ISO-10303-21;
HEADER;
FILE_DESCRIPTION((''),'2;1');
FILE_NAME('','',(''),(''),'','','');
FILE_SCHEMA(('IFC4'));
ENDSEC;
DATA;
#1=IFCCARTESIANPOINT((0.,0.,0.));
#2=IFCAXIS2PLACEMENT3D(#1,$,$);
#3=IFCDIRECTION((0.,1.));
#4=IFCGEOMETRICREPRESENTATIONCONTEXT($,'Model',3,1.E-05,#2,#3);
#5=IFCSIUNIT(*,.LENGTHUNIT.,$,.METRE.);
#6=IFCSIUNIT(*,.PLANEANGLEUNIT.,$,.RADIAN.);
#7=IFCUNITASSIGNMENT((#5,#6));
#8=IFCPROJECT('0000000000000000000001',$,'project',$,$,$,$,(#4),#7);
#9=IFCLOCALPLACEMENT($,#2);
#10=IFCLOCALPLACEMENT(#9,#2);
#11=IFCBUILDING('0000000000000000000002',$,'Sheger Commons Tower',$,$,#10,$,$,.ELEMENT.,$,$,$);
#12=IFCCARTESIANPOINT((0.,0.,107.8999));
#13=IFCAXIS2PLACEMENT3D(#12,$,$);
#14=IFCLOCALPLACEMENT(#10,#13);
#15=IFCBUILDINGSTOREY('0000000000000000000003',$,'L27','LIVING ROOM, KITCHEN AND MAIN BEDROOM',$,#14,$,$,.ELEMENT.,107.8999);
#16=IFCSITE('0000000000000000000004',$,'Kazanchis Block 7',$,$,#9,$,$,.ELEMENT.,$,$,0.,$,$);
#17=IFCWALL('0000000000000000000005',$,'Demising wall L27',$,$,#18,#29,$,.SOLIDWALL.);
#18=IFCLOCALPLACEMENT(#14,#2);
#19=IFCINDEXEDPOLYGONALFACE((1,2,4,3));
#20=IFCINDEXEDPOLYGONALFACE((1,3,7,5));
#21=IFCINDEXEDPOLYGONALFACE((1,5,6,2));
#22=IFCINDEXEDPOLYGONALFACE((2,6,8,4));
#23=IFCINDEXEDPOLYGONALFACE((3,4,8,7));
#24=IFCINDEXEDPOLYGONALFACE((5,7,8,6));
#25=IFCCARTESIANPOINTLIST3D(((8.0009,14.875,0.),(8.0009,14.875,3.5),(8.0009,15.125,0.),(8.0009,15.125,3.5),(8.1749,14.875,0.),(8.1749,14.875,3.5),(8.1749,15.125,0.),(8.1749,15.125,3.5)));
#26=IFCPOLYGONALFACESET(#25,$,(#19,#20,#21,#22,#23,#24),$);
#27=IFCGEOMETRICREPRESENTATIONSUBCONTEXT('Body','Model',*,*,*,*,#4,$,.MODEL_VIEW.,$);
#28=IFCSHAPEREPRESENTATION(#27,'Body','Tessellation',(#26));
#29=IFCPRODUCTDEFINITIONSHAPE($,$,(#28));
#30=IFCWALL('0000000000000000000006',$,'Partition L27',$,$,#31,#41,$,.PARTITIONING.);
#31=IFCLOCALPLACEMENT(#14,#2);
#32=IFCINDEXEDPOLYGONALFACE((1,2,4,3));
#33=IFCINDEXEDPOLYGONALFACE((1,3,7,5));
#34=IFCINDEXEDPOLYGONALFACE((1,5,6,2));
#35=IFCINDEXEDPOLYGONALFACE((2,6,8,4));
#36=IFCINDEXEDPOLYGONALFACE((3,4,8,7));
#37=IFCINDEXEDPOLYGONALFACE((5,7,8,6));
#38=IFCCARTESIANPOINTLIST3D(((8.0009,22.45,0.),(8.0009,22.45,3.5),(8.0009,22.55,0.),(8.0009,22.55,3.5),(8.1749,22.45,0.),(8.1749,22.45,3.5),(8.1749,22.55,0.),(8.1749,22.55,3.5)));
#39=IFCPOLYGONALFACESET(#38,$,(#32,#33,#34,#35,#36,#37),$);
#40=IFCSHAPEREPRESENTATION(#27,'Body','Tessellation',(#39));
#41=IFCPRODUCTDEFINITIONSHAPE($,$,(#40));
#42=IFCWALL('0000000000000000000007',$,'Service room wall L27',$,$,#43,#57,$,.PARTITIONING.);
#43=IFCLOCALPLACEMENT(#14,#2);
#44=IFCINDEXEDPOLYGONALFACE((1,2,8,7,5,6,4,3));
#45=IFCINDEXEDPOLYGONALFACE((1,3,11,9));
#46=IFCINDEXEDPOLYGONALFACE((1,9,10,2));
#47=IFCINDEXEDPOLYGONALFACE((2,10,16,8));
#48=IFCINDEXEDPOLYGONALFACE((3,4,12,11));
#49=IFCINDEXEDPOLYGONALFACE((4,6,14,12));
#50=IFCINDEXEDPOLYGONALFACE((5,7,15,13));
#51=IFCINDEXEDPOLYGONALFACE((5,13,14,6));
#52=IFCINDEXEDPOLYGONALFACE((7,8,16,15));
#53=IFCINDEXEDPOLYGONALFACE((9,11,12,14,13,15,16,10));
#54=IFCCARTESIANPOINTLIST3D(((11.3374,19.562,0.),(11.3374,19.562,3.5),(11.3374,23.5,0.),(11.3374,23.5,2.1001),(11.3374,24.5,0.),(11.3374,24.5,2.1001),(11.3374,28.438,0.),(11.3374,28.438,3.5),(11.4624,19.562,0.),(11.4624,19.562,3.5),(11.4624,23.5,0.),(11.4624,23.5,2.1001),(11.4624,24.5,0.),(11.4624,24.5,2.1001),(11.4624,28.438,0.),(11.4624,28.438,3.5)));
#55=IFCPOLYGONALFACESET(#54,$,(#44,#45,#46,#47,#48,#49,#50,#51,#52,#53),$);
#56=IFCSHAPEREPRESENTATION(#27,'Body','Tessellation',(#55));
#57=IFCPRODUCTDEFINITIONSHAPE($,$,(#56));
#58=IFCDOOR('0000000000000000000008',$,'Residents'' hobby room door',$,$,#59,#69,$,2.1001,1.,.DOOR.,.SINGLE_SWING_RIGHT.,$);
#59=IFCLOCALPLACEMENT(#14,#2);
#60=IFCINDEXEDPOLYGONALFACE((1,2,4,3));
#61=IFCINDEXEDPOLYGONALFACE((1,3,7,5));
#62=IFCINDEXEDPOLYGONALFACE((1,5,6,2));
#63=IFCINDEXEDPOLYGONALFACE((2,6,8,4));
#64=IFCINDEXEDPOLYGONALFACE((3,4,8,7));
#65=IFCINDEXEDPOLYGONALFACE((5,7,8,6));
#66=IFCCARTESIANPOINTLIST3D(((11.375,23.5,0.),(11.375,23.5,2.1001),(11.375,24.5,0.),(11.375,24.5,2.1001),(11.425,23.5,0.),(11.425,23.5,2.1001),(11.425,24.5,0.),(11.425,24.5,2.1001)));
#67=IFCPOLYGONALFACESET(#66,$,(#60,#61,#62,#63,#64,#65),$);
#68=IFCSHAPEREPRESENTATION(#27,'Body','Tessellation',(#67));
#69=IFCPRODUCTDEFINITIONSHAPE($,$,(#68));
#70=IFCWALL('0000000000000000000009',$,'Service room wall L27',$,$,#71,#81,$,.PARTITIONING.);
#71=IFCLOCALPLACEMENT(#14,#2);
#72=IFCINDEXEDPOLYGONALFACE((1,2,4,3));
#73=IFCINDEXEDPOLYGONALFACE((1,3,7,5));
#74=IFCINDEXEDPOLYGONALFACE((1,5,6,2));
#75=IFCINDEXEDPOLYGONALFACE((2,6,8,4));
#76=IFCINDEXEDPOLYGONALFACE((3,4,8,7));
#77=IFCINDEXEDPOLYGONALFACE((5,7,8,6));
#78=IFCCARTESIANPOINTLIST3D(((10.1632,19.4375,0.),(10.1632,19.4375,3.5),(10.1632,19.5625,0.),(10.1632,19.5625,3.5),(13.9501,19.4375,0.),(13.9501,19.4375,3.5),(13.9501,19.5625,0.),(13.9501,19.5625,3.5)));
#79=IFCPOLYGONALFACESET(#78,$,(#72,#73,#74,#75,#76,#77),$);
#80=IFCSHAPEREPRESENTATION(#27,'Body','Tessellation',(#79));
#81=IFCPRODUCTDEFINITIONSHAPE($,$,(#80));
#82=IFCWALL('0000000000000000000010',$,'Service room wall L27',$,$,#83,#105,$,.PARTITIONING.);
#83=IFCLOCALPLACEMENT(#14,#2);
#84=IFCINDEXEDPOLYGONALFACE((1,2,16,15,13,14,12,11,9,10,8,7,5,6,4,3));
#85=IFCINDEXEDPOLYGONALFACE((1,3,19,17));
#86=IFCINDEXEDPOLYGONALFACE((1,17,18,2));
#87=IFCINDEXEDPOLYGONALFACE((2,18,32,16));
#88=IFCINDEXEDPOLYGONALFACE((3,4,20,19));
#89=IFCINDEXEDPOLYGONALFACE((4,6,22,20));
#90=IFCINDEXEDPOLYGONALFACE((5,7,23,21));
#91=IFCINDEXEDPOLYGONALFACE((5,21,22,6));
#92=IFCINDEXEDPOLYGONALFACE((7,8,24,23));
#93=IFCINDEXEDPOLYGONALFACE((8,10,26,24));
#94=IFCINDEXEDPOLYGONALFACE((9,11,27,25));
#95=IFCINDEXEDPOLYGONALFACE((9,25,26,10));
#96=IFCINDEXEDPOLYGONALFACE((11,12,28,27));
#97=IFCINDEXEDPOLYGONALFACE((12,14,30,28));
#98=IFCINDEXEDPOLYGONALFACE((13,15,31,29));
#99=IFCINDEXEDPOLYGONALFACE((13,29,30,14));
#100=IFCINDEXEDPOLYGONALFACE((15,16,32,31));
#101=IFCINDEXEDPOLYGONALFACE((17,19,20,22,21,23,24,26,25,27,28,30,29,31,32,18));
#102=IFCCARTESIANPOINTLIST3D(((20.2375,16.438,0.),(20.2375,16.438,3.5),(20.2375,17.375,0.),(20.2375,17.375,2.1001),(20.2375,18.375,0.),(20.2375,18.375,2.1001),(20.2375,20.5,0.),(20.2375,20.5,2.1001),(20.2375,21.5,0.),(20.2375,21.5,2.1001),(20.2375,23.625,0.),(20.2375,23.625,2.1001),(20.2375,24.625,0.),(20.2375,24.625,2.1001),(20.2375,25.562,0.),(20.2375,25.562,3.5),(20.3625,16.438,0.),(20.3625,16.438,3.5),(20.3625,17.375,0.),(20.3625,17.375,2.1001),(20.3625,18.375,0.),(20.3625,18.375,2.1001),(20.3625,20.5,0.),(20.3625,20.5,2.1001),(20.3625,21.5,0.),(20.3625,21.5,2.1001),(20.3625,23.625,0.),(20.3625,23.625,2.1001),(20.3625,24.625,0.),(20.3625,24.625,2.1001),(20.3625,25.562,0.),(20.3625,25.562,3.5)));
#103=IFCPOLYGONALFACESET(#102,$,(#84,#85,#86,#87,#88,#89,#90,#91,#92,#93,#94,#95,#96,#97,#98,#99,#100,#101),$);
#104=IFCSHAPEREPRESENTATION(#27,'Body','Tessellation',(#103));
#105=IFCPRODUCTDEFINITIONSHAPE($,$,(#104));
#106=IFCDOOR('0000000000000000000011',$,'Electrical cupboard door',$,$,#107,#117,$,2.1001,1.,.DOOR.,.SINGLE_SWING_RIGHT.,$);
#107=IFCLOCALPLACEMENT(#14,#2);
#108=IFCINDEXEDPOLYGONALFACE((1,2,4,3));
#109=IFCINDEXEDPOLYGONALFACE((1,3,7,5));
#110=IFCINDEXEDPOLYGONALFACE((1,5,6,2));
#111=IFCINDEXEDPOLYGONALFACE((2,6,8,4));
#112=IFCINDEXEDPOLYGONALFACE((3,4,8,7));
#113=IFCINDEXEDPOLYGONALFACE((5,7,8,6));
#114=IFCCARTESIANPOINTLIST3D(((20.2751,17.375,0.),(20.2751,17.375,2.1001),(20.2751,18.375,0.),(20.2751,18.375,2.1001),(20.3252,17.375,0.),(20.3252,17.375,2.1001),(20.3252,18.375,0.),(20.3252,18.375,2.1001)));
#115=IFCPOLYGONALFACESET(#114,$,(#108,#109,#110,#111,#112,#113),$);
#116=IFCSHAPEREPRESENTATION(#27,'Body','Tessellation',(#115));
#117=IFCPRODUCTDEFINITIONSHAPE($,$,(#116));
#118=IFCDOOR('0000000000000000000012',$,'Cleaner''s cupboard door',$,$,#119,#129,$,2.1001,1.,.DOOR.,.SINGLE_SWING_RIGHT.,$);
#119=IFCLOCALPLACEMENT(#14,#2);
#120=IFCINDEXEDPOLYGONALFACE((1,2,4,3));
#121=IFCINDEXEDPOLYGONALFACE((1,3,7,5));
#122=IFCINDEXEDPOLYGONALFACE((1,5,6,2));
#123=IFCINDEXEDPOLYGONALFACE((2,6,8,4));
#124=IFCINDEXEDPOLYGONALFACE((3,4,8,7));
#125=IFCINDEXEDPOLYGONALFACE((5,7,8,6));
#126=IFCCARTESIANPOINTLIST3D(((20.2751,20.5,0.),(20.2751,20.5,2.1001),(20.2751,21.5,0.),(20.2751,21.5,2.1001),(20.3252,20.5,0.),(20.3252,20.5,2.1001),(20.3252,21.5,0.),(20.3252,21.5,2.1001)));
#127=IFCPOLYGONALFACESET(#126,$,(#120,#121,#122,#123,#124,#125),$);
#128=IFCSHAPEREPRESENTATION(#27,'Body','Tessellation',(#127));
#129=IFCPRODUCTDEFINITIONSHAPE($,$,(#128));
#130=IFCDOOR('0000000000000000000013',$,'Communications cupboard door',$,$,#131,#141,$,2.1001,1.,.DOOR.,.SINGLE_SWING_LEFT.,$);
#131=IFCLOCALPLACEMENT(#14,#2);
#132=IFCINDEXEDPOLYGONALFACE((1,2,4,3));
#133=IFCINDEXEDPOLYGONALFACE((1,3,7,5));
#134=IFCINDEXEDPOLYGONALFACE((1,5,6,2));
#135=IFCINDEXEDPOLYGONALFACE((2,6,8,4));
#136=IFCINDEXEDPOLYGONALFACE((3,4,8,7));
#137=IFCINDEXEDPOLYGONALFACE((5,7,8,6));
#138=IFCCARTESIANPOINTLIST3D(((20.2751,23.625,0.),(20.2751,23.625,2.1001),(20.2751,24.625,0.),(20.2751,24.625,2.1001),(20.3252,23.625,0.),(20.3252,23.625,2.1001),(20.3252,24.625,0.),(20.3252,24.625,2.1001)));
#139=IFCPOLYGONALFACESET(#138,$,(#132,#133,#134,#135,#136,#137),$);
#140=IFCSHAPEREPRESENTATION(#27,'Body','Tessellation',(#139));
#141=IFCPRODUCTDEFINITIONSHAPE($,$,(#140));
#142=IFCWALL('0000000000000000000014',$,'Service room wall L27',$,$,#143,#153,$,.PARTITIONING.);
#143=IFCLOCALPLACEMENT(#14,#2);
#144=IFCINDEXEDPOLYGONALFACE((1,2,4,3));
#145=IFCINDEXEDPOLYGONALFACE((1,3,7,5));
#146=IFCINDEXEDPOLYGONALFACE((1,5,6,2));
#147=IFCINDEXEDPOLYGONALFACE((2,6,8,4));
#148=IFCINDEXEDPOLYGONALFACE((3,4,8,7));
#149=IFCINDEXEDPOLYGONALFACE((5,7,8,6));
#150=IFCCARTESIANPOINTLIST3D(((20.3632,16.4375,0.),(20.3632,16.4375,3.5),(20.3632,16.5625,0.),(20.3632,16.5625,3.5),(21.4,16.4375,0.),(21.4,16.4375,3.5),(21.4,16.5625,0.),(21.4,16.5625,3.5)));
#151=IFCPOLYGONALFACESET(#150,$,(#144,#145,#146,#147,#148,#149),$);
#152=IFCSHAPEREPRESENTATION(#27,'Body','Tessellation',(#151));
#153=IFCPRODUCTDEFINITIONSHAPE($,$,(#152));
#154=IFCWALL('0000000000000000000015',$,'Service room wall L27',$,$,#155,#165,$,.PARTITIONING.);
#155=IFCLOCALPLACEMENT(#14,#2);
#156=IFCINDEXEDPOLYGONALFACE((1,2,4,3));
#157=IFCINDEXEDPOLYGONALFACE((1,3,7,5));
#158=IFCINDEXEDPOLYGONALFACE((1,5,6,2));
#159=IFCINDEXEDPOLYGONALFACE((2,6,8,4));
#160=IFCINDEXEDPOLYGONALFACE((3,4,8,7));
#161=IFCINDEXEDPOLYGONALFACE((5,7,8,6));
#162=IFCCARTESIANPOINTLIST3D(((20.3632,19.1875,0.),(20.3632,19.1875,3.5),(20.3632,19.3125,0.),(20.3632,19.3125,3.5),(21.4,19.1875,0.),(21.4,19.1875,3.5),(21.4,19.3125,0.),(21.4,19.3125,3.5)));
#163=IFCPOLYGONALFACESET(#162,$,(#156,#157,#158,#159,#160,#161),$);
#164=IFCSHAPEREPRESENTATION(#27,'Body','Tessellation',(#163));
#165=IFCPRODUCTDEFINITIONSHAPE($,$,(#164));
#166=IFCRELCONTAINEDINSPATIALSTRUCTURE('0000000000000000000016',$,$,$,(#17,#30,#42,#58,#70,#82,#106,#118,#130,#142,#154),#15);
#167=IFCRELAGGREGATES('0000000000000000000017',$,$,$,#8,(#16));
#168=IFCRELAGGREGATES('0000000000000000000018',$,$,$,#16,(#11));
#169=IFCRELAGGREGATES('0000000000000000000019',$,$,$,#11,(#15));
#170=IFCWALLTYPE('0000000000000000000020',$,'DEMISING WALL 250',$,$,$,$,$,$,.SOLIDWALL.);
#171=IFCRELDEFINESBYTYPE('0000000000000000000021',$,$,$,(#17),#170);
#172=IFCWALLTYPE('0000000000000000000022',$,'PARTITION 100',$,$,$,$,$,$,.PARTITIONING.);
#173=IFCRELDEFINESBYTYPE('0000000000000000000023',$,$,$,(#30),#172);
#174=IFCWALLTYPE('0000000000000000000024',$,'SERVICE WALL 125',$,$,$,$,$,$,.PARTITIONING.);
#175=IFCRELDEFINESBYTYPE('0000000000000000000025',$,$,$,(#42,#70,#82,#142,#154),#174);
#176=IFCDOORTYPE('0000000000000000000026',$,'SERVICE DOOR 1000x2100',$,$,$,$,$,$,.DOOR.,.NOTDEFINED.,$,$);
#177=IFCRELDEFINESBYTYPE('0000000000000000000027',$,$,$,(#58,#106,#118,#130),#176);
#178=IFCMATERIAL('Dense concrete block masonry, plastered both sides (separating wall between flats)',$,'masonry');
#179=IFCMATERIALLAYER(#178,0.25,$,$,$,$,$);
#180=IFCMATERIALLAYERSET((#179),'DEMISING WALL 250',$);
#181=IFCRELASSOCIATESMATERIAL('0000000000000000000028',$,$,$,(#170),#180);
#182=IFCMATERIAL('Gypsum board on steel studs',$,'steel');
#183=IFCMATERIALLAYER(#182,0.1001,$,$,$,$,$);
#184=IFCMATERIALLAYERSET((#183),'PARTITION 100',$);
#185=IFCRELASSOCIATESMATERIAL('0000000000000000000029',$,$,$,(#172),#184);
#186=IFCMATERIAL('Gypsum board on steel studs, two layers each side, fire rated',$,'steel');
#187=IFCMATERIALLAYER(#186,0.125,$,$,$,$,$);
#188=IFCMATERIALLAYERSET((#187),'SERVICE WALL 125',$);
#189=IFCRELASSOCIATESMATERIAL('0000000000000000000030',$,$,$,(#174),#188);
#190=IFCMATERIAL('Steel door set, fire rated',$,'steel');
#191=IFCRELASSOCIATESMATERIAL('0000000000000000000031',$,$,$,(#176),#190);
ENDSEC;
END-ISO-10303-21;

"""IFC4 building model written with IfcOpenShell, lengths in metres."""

from ifc_helpers import new_model, si_unit, direction, frame, frame_2d, origin, place, context, subcontext, project, spatial, rectangle, extrude, material, layer, layer_set, type_object, element, fill, save


model = new_model("IFC4")

# Units and contexts
model_context = context("Model", 3, precision=1e-05, world=origin(), true_north=direction((0.0, 1.0)))
body_context = subcontext(model_context, "Body", "Model", "MODEL_VIEW")
ifc_project = project(units=[si_unit("LENGTHUNIT", "METRE"), si_unit("PLANEANGLEUNIT", "RADIAN")], contexts=[model_context])

# Site, building, storey
site_placement = place(None, origin())
site = spatial("IfcSite", under=ifc_project, at=site_placement, Name="Kazanchis Block 7", CompositionType="ELEMENT", RefElevation=0.0)
building_placement = place(site_placement, origin())
building = spatial("IfcBuilding", under=site, at=building_placement, Name="Sheger Commons Tower", CompositionType="ELEMENT")
storey_placement = place(building_placement, frame((0.0, 0.0, 107.8999)))
storey = spatial("IfcBuildingStorey", under=building, at=storey_placement, Name="L27", Description="LIVING ROOM, KITCHEN AND MAIN BEDROOM", CompositionType="ELEMENT", Elevation=107.8999)

# Walls
ifc_material_1 = material(Name="Dense concrete block masonry, plastered both sides (separating wall between flats)", Category="masonry")
ifc_layer_1 = layer(ifc_material_1, 0.25)
ifc_layer_set_1 = layer_set([ifc_layer_1], Name="DEMISING WALL 250")
wall_type_1 = type_object("IfcWallType", Name="DEMISING WALL 250", PredefinedType="SOLIDWALL", material=ifc_layer_set_1)
wall_1_placement = place(storey_placement, frame((8.001, 15.0, 0.0), z_axis=(0.0, 0.0, 1.0), x_axis=(1.0, 0.0, 0.0)))
element("IfcWall", 1, at=wall_1_placement, inside=storey, type_object=wall_type_1, Name="Demising wall L27", PredefinedType="SOLIDWALL", context=body_context, shape_type="SweptSolid", body=[
    extrude(rectangle(XDim=0.1741, YDim=0.25, at=frame_2d((0.0869, 0.0))), origin(), (0.0, 0.0, 1.0), 3.5),
])
ifc_material_2 = material(Name="Gypsum board on steel studs", Category="steel")
ifc_layer_2 = layer(ifc_material_2, 0.1001)
ifc_layer_set_2 = layer_set([ifc_layer_2], Name="PARTITION 100")
wall_type_2 = type_object("IfcWallType", Name="PARTITION 100", PredefinedType="PARTITIONING", material=ifc_layer_set_2)
wall_2_placement = place(storey_placement, frame((8.001, 22.5, 0.0), z_axis=(0.0, 0.0, 1.0), x_axis=(1.0, 0.0, 0.0)))
element("IfcWall", 2, at=wall_2_placement, inside=storey, type_object=wall_type_2, Name="Partition L27", PredefinedType="PARTITIONING", context=body_context, shape_type="SweptSolid", body=[
    extrude(rectangle(XDim=0.1741, YDim=0.1001, at=frame_2d((0.0869, 0.0))), origin(), (0.0, 0.0, 1.0), 3.5),
])

# Wall, opening, door
ifc_material_3 = material(Name="Gypsum board on steel studs, two layers each side, fire rated", Category="steel")
ifc_layer_3 = layer(ifc_material_3, 0.125)
ifc_layer_set_3 = layer_set([ifc_layer_3], Name="SERVICE WALL 125")
wall_type_3 = type_object("IfcWallType", Name="SERVICE WALL 125", PredefinedType="PARTITIONING", material=ifc_layer_set_3)
wall_3_placement = place(storey_placement, frame((11.3999, 19.562, 0.0), z_axis=(0.0, 0.0, 1.0), x_axis=(0.0, 1.0, 0.0)))
wall_3 = element("IfcWall", 3, at=wall_3_placement, inside=storey, type_object=wall_type_3, Name="Service room wall L27", PredefinedType="PARTITIONING", context=body_context, shape_type="SweptSolid", body=[
    extrude(rectangle(XDim=8.876, YDim=0.125, at=frame_2d((4.438, 0.0))), origin(), (0.0, 0.0, 1.0), 3.5),
])
opening_1_placement = place(wall_3_placement, frame((3.938, 0.0, 0.0)))
opening_1 = element("IfcOpeningElement", 4, at=opening_1_placement, cuts=wall_3, PredefinedType="OPENING", context=body_context, shape_type="SweptSolid", body=[
    extrude(rectangle(XDim=1.0, YDim=2.1001, at=frame_2d((0.5, 1.05))), frame((0.0, 0.0725, 0.0), z_axis=(0.0, -1.0, 0.0), x_axis=(1.0, 0.0, 0.0)), (0.0, 0.0, 1.0), 0.145),
])
ifc_material_4 = material(Name="Steel door set, fire rated", Category="steel")
door_type_1 = type_object("IfcDoorType", Name="SERVICE DOOR 1000x2100", OperationType="NOTDEFINED", PredefinedType="DOOR", material=ifc_material_4)
door_1_placement = place(opening_1_placement, origin())
door_1 = element("IfcDoor", 5, at=door_1_placement, inside=storey, type_object=door_type_1, Name="Residents' hobby room door", OperationType="SINGLE_SWING_RIGHT", OverallHeight=2.1001, OverallWidth=1.0, PredefinedType="DOOR", context=body_context, shape_type="SweptSolid", body=[
    extrude(rectangle(XDim=1.0, YDim=2.1001, at=frame_2d((0.5, 1.05))), frame((0.0, 0.0249, 0.0), z_axis=(0.0, -1.0, 0.0), x_axis=(1.0, 0.0, 0.0)), (0.0, 0.0, 1.0), 0.05),
])
fill(opening_1, door_1)

# Wall
wall_4_placement = place(storey_placement, frame((10.1631, 19.5, 0.0), z_axis=(0.0, 0.0, 1.0), x_axis=(1.0, 0.0, 0.0)))
element("IfcWall", 6, at=wall_4_placement, inside=storey, type_object=wall_type_3, Name="Service room wall L27", PredefinedType="PARTITIONING", context=body_context, shape_type="SweptSolid", body=[
    extrude(rectangle(XDim=3.7869, YDim=0.125, at=frame_2d((1.8936, 0.0))), origin(), (0.0, 0.0, 1.0), 3.5),
])

# Wall, openings, doors
wall_5_placement = place(storey_placement, frame((20.3, 16.438, 0.0), z_axis=(0.0, 0.0, 1.0), x_axis=(0.0, 1.0, 0.0)))
wall_5 = element("IfcWall", 7, at=wall_5_placement, inside=storey, type_object=wall_type_3, Name="Service room wall L27", PredefinedType="PARTITIONING", context=body_context, shape_type="SweptSolid", body=[
    extrude(rectangle(XDim=9.124, YDim=0.125, at=frame_2d((4.562, 0.0))), origin(), (0.0, 0.0, 1.0), 3.5),
])
opening_2_placement = place(wall_5_placement, frame((0.937, 0.0, 0.0)))
opening_2 = element("IfcOpeningElement", 8, at=opening_2_placement, cuts=wall_5, PredefinedType="OPENING", context=body_context, shape_type="SweptSolid", body=[
    extrude(rectangle(XDim=1.0, YDim=2.1001, at=frame_2d((0.5, 1.05))), frame((0.0, 0.0725, 0.0), z_axis=(0.0, -1.0, 0.0), x_axis=(1.0, 0.0, 0.0)), (0.0, 0.0, 1.0), 0.145),
])
opening_3_placement = place(wall_5_placement, frame((4.062, 0.0, 0.0)))
opening_3 = element("IfcOpeningElement", 9, at=opening_3_placement, cuts=wall_5, PredefinedType="OPENING", context=body_context, shape_type="SweptSolid", body=[
    extrude(rectangle(XDim=1.0, YDim=2.1001, at=frame_2d((0.5, 1.05))), frame((0.0, 0.0725, 0.0), z_axis=(0.0, -1.0, 0.0), x_axis=(1.0, 0.0, 0.0)), (0.0, 0.0, 1.0), 0.145),
])
opening_4_placement = place(wall_5_placement, frame((7.187, 0.0, 0.0)))
opening_4 = element("IfcOpeningElement", 10, at=opening_4_placement, cuts=wall_5, PredefinedType="OPENING", context=body_context, shape_type="SweptSolid", body=[
    extrude(rectangle(XDim=1.0, YDim=2.1001, at=frame_2d((0.5, 1.05))), frame((0.0, 0.0725, 0.0), z_axis=(0.0, -1.0, 0.0), x_axis=(1.0, 0.0, 0.0)), (0.0, 0.0, 1.0), 0.145),
])
door_2_placement = place(opening_2_placement, origin())
door_2 = element("IfcDoor", 11, at=door_2_placement, inside=storey, type_object=door_type_1, Name="Electrical cupboard door", OperationType="SINGLE_SWING_RIGHT", OverallHeight=2.1001, OverallWidth=1.0, PredefinedType="DOOR", context=body_context, shape_type="SweptSolid", body=[
    extrude(rectangle(XDim=1.0, YDim=2.1001, at=frame_2d((0.5, 1.05))), frame((0.0, 0.0249, 0.0), z_axis=(0.0, -1.0, 0.0), x_axis=(1.0, 0.0, 0.0)), (0.0, 0.0, 1.0), 0.05),
])
fill(opening_2, door_2)
door_3_placement = place(opening_3_placement, origin())
door_3 = element("IfcDoor", 12, at=door_3_placement, inside=storey, type_object=door_type_1, Name="Cleaner's cupboard door", OperationType="SINGLE_SWING_RIGHT", OverallHeight=2.1001, OverallWidth=1.0, PredefinedType="DOOR", context=body_context, shape_type="SweptSolid", body=[
    extrude(rectangle(XDim=1.0, YDim=2.1001, at=frame_2d((0.5, 1.05))), frame((0.0, 0.0249, 0.0), z_axis=(0.0, -1.0, 0.0), x_axis=(1.0, 0.0, 0.0)), (0.0, 0.0, 1.0), 0.05),
])
fill(opening_3, door_3)
door_4_placement = place(opening_4_placement, origin())
door_4 = element("IfcDoor", 13, at=door_4_placement, inside=storey, type_object=door_type_1, Name="Communications cupboard door", OperationType="SINGLE_SWING_LEFT", OverallHeight=2.1001, OverallWidth=1.0, PredefinedType="DOOR", context=body_context, shape_type="SweptSolid", body=[
    extrude(rectangle(XDim=1.0, YDim=2.1001, at=frame_2d((0.5, 1.05))), frame((0.0, 0.0249, 0.0), z_axis=(0.0, -1.0, 0.0), x_axis=(1.0, 0.0, 0.0)), (0.0, 0.0, 1.0), 0.05),
])
fill(opening_4, door_4)

# Walls
for number, where, z_axis, x_axis, name in (
    (14, (20.363, 16.5, 0.0), (0.0, 0.0, 1.0), (1.0, 0.0, 0.0), "Service room wall L27"),
    (15, (20.363, 19.25, 0.0), (0.0, 0.0, 1.0), (1.0, 0.0, 0.0), "Service room wall L27"),
):
    element("IfcWall", number, at=place(storey_placement, frame(where, z_axis=z_axis, x_axis=x_axis)), inside=storey, type_object=wall_type_3, Name=name, PredefinedType="PARTITIONING", context=body_context, shape_type="SweptSolid", body=[
        extrude(rectangle(XDim=1.0369, YDim=0.125, at=frame_2d((0.5186, 0.0))), origin(), (0.0, 0.0, 1.0), 3.5),
    ])

save(model, "model.ifc")
